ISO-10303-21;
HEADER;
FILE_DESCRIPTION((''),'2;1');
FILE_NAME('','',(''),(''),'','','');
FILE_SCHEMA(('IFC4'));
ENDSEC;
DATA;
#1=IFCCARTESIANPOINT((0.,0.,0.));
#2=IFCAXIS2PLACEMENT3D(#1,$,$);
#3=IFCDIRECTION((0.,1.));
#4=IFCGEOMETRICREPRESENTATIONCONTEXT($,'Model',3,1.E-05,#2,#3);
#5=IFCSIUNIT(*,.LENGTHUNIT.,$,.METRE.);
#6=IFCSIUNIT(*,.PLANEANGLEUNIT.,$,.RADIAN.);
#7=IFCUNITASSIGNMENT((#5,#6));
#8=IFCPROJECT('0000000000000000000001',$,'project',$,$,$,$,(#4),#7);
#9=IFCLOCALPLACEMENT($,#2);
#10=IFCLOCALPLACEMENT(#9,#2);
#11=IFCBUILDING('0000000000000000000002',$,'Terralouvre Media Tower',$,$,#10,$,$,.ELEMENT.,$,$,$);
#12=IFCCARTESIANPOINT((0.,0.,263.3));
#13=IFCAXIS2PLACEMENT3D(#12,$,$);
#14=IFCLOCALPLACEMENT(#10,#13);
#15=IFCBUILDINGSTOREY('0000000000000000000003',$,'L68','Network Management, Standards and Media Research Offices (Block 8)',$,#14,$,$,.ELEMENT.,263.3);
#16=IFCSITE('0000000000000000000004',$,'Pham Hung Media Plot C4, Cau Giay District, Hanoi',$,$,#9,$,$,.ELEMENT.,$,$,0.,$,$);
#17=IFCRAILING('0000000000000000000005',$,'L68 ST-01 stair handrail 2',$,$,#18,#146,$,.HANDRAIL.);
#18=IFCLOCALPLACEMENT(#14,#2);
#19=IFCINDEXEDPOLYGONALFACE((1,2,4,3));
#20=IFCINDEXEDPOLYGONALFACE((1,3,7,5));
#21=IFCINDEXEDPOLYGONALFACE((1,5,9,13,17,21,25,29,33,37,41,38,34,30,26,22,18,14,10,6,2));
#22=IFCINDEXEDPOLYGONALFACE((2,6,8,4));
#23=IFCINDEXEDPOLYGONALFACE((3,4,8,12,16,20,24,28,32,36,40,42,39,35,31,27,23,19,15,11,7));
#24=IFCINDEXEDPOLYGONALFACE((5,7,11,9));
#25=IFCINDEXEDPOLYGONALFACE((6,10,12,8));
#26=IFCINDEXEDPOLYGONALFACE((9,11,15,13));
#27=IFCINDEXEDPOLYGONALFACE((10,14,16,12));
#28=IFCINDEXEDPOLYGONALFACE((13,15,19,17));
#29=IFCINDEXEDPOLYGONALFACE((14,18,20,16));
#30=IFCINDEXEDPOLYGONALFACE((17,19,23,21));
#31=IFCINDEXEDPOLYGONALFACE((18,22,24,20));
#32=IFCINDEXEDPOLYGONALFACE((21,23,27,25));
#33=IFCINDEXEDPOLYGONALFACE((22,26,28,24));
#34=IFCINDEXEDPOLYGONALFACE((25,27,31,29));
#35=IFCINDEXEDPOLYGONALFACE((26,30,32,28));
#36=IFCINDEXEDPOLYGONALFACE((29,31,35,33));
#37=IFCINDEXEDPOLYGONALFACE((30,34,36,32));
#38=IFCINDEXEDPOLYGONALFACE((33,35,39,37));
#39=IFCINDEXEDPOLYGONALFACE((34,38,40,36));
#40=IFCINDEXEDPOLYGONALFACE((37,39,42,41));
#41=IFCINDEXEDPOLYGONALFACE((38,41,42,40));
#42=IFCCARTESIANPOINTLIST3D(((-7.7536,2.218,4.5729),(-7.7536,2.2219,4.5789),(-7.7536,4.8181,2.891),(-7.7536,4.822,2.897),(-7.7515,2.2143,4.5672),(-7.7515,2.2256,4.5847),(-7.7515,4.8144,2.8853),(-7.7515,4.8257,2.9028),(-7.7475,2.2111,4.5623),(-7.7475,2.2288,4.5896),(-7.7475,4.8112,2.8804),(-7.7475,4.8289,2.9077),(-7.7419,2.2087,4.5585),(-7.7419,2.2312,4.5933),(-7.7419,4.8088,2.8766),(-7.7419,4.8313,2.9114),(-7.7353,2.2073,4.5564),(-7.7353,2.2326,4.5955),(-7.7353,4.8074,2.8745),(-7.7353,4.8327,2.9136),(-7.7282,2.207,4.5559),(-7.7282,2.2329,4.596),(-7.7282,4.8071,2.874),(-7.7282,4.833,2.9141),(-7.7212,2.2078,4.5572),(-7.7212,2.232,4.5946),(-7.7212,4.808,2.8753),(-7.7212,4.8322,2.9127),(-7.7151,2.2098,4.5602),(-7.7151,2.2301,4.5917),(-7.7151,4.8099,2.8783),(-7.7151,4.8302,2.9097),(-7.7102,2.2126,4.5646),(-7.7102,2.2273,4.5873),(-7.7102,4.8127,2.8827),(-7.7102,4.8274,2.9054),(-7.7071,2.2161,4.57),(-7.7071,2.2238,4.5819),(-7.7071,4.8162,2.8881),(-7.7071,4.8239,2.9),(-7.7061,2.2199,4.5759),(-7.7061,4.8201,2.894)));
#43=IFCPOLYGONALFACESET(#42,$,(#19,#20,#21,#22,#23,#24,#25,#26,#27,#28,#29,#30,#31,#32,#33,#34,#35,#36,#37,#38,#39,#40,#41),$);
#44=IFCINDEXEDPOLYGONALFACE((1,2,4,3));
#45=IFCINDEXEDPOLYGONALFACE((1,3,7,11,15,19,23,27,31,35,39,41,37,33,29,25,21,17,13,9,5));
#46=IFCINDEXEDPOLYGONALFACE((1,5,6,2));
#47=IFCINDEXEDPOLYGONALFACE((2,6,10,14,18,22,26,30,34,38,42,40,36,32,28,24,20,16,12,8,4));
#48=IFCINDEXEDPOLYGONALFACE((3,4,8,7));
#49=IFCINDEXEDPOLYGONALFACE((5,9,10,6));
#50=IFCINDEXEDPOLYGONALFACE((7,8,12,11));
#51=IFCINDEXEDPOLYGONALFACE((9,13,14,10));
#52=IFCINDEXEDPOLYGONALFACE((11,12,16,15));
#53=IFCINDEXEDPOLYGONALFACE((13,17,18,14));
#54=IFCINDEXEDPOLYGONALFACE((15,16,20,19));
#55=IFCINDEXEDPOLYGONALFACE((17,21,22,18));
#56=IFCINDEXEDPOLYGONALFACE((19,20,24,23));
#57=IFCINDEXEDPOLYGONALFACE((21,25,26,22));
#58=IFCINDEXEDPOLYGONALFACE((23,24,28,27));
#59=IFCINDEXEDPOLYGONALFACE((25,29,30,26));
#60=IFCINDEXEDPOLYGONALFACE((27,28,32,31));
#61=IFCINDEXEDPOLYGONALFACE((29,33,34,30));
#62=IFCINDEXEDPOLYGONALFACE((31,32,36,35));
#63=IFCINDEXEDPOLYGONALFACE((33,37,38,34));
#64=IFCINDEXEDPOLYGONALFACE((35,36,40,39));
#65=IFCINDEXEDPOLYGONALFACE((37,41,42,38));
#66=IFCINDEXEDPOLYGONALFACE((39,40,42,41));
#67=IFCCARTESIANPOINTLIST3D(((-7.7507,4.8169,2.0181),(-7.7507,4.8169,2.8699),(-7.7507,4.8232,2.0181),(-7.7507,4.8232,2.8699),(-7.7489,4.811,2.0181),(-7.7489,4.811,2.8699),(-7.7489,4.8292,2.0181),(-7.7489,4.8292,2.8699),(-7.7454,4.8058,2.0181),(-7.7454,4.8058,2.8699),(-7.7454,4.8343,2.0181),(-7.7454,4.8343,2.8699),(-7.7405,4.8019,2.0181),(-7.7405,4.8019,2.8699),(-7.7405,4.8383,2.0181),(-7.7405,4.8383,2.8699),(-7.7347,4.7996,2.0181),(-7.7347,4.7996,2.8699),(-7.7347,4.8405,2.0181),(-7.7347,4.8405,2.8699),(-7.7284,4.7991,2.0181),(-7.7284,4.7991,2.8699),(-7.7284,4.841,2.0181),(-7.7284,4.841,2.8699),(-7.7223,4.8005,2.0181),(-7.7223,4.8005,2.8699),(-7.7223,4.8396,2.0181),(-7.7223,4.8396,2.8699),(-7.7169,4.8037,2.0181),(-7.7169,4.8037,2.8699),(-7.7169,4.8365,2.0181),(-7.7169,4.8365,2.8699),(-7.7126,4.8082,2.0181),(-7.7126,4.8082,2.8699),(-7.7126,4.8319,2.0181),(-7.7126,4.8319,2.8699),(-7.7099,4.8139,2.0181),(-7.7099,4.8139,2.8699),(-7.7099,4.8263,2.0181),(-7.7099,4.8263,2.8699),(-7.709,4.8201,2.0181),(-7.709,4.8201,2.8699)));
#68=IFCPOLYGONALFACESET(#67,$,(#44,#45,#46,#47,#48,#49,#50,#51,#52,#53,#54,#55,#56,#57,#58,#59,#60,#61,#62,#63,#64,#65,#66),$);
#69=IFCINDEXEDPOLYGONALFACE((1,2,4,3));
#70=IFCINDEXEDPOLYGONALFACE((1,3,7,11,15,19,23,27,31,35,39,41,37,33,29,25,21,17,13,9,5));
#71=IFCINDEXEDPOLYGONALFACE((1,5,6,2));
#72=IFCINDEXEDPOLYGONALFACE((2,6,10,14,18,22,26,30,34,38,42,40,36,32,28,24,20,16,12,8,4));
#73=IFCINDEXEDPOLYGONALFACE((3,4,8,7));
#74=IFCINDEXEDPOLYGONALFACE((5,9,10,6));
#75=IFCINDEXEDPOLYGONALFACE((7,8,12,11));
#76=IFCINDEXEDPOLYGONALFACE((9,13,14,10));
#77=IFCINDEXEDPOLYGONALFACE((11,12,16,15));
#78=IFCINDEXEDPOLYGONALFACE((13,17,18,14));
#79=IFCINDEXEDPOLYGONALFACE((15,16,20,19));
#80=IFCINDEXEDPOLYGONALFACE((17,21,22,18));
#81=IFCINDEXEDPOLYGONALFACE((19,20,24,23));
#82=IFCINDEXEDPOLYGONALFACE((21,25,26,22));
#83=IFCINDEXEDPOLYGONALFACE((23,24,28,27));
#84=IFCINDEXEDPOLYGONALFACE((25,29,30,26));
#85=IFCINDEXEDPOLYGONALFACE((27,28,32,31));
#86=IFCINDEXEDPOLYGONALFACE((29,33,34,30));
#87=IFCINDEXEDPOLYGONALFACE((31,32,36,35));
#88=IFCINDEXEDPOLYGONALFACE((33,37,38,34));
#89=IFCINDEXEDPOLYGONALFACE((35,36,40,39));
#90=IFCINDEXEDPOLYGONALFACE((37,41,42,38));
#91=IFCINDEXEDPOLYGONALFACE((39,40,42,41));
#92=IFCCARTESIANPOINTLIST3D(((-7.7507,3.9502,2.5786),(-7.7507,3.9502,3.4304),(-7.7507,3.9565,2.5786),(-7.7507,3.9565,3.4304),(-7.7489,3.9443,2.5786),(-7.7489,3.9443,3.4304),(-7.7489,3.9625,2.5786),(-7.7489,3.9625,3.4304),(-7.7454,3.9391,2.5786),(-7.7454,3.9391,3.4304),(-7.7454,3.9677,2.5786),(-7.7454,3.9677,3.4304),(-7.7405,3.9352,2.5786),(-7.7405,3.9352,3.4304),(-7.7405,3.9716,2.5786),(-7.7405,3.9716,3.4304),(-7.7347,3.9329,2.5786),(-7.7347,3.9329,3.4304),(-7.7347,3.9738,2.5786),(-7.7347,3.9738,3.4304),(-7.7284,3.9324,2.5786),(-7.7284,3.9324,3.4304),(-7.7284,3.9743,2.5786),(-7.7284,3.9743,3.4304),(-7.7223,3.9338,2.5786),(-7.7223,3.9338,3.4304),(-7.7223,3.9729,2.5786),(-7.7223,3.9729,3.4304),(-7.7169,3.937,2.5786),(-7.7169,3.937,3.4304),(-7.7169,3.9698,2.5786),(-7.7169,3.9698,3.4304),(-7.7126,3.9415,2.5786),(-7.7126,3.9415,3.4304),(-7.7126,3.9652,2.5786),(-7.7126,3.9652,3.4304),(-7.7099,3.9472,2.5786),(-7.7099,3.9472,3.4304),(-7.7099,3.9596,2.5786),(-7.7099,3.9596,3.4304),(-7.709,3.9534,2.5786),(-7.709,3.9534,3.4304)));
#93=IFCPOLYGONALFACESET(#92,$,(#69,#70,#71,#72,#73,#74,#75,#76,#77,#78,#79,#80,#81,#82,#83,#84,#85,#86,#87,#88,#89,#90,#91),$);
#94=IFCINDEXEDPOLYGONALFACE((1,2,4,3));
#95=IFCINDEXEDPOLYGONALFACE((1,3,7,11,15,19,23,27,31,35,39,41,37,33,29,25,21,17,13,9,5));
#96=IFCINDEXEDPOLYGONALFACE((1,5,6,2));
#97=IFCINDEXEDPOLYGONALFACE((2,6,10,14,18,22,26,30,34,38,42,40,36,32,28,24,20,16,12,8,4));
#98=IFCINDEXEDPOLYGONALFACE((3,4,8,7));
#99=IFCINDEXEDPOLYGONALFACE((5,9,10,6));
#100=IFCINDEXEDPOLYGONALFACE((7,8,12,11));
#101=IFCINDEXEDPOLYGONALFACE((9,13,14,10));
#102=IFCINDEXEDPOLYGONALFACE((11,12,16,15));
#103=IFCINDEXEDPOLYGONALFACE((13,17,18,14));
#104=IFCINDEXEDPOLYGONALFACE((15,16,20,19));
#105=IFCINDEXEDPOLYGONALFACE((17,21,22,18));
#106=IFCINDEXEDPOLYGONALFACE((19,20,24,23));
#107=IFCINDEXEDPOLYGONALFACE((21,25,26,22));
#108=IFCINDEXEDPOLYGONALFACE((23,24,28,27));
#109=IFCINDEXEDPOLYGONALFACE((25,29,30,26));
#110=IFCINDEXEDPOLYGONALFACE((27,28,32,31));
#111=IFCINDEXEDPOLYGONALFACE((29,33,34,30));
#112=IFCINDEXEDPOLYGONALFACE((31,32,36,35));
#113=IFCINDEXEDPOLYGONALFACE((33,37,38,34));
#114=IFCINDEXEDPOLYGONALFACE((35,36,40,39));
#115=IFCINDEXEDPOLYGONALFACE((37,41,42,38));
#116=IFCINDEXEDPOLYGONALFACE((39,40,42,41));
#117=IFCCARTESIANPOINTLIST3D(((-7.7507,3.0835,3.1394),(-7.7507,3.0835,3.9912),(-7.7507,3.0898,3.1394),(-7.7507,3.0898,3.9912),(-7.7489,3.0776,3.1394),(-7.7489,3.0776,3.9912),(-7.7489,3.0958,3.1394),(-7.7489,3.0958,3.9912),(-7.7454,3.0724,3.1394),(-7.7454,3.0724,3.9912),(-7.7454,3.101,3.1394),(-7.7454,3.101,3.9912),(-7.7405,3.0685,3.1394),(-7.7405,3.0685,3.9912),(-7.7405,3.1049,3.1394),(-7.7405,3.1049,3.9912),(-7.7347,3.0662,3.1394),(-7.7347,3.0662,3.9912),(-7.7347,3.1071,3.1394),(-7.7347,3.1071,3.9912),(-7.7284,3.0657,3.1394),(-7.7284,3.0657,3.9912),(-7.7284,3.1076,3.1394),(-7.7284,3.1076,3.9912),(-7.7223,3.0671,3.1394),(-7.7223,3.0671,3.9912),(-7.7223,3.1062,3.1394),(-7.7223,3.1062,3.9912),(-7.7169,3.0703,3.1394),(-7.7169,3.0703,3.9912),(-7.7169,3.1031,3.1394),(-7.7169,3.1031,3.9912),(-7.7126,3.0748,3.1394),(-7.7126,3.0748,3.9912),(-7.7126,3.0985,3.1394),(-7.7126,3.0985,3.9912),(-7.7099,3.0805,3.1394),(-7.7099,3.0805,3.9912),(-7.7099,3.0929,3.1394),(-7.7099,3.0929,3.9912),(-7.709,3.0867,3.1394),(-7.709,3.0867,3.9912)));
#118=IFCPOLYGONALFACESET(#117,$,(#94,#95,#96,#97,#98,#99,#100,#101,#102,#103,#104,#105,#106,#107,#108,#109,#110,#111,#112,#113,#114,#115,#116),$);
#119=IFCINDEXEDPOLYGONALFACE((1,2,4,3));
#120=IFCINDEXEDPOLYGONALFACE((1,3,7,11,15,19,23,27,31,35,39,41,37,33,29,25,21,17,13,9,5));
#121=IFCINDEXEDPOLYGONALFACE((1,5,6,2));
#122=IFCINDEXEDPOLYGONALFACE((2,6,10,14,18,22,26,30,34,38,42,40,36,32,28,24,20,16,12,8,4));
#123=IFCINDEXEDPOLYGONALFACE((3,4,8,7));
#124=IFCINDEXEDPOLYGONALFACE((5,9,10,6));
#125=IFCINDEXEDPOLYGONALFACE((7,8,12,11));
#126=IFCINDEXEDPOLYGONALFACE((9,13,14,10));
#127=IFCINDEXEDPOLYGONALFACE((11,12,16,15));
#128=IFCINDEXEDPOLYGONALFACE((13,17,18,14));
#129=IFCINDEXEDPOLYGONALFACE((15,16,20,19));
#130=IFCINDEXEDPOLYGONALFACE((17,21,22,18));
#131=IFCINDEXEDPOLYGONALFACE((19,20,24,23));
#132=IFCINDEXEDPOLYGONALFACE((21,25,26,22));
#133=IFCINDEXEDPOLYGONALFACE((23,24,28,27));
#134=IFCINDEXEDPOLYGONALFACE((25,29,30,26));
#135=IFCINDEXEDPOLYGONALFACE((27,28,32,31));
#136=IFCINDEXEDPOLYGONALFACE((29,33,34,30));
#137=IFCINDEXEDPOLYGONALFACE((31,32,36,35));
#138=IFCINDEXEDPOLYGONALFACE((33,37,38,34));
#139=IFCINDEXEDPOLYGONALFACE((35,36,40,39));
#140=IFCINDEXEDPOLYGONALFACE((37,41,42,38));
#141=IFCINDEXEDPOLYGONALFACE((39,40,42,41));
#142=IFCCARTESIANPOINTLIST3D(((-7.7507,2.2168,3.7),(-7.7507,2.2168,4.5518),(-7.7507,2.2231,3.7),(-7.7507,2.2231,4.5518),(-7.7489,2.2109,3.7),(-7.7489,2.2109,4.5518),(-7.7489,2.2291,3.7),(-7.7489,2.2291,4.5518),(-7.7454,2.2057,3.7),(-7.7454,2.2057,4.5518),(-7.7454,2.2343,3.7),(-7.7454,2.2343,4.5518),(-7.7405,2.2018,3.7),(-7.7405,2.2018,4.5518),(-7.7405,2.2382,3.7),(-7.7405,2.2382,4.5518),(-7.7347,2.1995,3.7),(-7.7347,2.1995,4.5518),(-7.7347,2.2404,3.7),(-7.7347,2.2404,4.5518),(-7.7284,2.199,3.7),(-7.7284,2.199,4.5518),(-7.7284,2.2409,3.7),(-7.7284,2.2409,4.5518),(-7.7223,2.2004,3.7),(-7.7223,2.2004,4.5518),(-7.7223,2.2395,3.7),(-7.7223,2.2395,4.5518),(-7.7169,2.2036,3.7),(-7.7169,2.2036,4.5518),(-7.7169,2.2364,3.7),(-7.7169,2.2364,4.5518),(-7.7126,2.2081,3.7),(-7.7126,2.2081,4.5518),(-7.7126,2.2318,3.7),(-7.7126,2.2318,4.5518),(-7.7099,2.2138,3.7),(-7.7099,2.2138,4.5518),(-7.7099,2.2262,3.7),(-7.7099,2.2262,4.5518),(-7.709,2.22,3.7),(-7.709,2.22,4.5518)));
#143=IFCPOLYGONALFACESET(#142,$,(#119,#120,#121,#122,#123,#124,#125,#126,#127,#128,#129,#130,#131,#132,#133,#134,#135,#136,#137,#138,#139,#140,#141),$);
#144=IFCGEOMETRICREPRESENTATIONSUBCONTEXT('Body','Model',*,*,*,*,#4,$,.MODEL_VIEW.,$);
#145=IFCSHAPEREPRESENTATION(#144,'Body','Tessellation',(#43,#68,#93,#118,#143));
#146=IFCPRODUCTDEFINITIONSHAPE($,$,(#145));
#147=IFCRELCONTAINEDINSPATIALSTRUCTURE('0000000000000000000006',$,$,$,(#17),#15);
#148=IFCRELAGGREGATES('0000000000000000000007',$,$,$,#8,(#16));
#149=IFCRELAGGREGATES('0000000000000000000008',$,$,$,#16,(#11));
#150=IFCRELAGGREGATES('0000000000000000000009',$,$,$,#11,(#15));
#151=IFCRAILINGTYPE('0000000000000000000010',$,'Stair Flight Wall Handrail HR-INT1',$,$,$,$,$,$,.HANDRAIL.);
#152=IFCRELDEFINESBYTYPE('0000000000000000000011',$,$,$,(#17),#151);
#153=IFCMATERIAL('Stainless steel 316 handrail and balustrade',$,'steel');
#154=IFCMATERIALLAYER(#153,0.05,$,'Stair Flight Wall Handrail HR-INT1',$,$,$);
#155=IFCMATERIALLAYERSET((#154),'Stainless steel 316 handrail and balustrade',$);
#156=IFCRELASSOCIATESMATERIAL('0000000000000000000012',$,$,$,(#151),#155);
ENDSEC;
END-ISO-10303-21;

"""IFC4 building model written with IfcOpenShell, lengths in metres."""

from ifc_helpers import new_model, si_unit, direction, frame, origin, origin_2d, place, context, subcontext, project, spatial, circle, extrude, material, layer, layer_set, type_object, element, save


model = new_model("IFC4")

# Units and contexts
model_context = context("Model", 3, precision=1e-05, world=origin(), true_north=direction((0.0, 1.0)))
body_context = subcontext(model_context, "Body", "Model", "MODEL_VIEW")
ifc_project = project(units=[si_unit("LENGTHUNIT", "METRE"), si_unit("PLANEANGLEUNIT", "RADIAN")], contexts=[model_context])

# Site, building, storey
site_placement = place(None, origin())
site = spatial("IfcSite", under=ifc_project, at=site_placement, Name="Pham Hung Media Plot C4, Cau Giay District, Hanoi", CompositionType="ELEMENT", RefElevation=0.0)
building_placement = place(site_placement, origin())
building = spatial("IfcBuilding", under=site, at=building_placement, Name="Terralouvre Media Tower", CompositionType="ELEMENT")
storey_placement = place(building_placement, frame((0.0, 0.0, 263.3)))
storey = spatial("IfcBuildingStorey", under=building, at=storey_placement, Name="L68", Description="Network Management, Standards and Media Research Offices (Block 8)", CompositionType="ELEMENT", Elevation=263.3)

# Railing
ifc_material_1 = material(Name="Stainless steel 316 handrail and balustrade", Category="steel")
ifc_layer_1 = layer(ifc_material_1, 0.05, Name="Stair Flight Wall Handrail HR-INT1")
ifc_layer_set_1 = layer_set([ifc_layer_1], Name="Stainless steel 316 handrail and balustrade")
railing_type_1 = type_object("IfcRailingType", Name="Stair Flight Wall Handrail HR-INT1", PredefinedType="HANDRAIL", material=ifc_layer_set_1)
railing_1_placement = place(storey_placement, frame((-7.73, 4.8201, 2.0181)))
element("IfcRailing", 1, at=railing_1_placement, inside=storey, type_object=railing_type_1, Name="L68 ST-01 stair handrail 2", PredefinedType="HANDRAIL", context=body_context, shape_type="SweptSolid", body=[
    extrude(circle(Radius=0.0239, at=origin_2d()), frame((0.0, 0.0, 0.876), z_axis=(0.0, -0.839648, 0.54313), x_axis=(1.0, 0.0, 0.0)), (0.0, 0.0, 1.0), 3.0967),
    extrude(circle(Radius=0.021, at=origin_2d()), origin(), (0.0, 0.0, 1.0), 0.8518),
    extrude(circle(Radius=0.021, at=origin_2d()), frame((0.0, -0.8667, 0.5605)), (0.0, 0.0, 1.0), 0.8518),
    extrude(circle(Radius=0.021, at=origin_2d()), frame((0.0, -1.7334, 1.1213)), (0.0, 0.0, 1.0), 0.8518),
    extrude(circle(Radius=0.021, at=origin_2d()), frame((0.0, -2.6001, 1.6819)), (0.0, 0.0, 1.0), 0.8518),
])

save(model, "model.ifc")
